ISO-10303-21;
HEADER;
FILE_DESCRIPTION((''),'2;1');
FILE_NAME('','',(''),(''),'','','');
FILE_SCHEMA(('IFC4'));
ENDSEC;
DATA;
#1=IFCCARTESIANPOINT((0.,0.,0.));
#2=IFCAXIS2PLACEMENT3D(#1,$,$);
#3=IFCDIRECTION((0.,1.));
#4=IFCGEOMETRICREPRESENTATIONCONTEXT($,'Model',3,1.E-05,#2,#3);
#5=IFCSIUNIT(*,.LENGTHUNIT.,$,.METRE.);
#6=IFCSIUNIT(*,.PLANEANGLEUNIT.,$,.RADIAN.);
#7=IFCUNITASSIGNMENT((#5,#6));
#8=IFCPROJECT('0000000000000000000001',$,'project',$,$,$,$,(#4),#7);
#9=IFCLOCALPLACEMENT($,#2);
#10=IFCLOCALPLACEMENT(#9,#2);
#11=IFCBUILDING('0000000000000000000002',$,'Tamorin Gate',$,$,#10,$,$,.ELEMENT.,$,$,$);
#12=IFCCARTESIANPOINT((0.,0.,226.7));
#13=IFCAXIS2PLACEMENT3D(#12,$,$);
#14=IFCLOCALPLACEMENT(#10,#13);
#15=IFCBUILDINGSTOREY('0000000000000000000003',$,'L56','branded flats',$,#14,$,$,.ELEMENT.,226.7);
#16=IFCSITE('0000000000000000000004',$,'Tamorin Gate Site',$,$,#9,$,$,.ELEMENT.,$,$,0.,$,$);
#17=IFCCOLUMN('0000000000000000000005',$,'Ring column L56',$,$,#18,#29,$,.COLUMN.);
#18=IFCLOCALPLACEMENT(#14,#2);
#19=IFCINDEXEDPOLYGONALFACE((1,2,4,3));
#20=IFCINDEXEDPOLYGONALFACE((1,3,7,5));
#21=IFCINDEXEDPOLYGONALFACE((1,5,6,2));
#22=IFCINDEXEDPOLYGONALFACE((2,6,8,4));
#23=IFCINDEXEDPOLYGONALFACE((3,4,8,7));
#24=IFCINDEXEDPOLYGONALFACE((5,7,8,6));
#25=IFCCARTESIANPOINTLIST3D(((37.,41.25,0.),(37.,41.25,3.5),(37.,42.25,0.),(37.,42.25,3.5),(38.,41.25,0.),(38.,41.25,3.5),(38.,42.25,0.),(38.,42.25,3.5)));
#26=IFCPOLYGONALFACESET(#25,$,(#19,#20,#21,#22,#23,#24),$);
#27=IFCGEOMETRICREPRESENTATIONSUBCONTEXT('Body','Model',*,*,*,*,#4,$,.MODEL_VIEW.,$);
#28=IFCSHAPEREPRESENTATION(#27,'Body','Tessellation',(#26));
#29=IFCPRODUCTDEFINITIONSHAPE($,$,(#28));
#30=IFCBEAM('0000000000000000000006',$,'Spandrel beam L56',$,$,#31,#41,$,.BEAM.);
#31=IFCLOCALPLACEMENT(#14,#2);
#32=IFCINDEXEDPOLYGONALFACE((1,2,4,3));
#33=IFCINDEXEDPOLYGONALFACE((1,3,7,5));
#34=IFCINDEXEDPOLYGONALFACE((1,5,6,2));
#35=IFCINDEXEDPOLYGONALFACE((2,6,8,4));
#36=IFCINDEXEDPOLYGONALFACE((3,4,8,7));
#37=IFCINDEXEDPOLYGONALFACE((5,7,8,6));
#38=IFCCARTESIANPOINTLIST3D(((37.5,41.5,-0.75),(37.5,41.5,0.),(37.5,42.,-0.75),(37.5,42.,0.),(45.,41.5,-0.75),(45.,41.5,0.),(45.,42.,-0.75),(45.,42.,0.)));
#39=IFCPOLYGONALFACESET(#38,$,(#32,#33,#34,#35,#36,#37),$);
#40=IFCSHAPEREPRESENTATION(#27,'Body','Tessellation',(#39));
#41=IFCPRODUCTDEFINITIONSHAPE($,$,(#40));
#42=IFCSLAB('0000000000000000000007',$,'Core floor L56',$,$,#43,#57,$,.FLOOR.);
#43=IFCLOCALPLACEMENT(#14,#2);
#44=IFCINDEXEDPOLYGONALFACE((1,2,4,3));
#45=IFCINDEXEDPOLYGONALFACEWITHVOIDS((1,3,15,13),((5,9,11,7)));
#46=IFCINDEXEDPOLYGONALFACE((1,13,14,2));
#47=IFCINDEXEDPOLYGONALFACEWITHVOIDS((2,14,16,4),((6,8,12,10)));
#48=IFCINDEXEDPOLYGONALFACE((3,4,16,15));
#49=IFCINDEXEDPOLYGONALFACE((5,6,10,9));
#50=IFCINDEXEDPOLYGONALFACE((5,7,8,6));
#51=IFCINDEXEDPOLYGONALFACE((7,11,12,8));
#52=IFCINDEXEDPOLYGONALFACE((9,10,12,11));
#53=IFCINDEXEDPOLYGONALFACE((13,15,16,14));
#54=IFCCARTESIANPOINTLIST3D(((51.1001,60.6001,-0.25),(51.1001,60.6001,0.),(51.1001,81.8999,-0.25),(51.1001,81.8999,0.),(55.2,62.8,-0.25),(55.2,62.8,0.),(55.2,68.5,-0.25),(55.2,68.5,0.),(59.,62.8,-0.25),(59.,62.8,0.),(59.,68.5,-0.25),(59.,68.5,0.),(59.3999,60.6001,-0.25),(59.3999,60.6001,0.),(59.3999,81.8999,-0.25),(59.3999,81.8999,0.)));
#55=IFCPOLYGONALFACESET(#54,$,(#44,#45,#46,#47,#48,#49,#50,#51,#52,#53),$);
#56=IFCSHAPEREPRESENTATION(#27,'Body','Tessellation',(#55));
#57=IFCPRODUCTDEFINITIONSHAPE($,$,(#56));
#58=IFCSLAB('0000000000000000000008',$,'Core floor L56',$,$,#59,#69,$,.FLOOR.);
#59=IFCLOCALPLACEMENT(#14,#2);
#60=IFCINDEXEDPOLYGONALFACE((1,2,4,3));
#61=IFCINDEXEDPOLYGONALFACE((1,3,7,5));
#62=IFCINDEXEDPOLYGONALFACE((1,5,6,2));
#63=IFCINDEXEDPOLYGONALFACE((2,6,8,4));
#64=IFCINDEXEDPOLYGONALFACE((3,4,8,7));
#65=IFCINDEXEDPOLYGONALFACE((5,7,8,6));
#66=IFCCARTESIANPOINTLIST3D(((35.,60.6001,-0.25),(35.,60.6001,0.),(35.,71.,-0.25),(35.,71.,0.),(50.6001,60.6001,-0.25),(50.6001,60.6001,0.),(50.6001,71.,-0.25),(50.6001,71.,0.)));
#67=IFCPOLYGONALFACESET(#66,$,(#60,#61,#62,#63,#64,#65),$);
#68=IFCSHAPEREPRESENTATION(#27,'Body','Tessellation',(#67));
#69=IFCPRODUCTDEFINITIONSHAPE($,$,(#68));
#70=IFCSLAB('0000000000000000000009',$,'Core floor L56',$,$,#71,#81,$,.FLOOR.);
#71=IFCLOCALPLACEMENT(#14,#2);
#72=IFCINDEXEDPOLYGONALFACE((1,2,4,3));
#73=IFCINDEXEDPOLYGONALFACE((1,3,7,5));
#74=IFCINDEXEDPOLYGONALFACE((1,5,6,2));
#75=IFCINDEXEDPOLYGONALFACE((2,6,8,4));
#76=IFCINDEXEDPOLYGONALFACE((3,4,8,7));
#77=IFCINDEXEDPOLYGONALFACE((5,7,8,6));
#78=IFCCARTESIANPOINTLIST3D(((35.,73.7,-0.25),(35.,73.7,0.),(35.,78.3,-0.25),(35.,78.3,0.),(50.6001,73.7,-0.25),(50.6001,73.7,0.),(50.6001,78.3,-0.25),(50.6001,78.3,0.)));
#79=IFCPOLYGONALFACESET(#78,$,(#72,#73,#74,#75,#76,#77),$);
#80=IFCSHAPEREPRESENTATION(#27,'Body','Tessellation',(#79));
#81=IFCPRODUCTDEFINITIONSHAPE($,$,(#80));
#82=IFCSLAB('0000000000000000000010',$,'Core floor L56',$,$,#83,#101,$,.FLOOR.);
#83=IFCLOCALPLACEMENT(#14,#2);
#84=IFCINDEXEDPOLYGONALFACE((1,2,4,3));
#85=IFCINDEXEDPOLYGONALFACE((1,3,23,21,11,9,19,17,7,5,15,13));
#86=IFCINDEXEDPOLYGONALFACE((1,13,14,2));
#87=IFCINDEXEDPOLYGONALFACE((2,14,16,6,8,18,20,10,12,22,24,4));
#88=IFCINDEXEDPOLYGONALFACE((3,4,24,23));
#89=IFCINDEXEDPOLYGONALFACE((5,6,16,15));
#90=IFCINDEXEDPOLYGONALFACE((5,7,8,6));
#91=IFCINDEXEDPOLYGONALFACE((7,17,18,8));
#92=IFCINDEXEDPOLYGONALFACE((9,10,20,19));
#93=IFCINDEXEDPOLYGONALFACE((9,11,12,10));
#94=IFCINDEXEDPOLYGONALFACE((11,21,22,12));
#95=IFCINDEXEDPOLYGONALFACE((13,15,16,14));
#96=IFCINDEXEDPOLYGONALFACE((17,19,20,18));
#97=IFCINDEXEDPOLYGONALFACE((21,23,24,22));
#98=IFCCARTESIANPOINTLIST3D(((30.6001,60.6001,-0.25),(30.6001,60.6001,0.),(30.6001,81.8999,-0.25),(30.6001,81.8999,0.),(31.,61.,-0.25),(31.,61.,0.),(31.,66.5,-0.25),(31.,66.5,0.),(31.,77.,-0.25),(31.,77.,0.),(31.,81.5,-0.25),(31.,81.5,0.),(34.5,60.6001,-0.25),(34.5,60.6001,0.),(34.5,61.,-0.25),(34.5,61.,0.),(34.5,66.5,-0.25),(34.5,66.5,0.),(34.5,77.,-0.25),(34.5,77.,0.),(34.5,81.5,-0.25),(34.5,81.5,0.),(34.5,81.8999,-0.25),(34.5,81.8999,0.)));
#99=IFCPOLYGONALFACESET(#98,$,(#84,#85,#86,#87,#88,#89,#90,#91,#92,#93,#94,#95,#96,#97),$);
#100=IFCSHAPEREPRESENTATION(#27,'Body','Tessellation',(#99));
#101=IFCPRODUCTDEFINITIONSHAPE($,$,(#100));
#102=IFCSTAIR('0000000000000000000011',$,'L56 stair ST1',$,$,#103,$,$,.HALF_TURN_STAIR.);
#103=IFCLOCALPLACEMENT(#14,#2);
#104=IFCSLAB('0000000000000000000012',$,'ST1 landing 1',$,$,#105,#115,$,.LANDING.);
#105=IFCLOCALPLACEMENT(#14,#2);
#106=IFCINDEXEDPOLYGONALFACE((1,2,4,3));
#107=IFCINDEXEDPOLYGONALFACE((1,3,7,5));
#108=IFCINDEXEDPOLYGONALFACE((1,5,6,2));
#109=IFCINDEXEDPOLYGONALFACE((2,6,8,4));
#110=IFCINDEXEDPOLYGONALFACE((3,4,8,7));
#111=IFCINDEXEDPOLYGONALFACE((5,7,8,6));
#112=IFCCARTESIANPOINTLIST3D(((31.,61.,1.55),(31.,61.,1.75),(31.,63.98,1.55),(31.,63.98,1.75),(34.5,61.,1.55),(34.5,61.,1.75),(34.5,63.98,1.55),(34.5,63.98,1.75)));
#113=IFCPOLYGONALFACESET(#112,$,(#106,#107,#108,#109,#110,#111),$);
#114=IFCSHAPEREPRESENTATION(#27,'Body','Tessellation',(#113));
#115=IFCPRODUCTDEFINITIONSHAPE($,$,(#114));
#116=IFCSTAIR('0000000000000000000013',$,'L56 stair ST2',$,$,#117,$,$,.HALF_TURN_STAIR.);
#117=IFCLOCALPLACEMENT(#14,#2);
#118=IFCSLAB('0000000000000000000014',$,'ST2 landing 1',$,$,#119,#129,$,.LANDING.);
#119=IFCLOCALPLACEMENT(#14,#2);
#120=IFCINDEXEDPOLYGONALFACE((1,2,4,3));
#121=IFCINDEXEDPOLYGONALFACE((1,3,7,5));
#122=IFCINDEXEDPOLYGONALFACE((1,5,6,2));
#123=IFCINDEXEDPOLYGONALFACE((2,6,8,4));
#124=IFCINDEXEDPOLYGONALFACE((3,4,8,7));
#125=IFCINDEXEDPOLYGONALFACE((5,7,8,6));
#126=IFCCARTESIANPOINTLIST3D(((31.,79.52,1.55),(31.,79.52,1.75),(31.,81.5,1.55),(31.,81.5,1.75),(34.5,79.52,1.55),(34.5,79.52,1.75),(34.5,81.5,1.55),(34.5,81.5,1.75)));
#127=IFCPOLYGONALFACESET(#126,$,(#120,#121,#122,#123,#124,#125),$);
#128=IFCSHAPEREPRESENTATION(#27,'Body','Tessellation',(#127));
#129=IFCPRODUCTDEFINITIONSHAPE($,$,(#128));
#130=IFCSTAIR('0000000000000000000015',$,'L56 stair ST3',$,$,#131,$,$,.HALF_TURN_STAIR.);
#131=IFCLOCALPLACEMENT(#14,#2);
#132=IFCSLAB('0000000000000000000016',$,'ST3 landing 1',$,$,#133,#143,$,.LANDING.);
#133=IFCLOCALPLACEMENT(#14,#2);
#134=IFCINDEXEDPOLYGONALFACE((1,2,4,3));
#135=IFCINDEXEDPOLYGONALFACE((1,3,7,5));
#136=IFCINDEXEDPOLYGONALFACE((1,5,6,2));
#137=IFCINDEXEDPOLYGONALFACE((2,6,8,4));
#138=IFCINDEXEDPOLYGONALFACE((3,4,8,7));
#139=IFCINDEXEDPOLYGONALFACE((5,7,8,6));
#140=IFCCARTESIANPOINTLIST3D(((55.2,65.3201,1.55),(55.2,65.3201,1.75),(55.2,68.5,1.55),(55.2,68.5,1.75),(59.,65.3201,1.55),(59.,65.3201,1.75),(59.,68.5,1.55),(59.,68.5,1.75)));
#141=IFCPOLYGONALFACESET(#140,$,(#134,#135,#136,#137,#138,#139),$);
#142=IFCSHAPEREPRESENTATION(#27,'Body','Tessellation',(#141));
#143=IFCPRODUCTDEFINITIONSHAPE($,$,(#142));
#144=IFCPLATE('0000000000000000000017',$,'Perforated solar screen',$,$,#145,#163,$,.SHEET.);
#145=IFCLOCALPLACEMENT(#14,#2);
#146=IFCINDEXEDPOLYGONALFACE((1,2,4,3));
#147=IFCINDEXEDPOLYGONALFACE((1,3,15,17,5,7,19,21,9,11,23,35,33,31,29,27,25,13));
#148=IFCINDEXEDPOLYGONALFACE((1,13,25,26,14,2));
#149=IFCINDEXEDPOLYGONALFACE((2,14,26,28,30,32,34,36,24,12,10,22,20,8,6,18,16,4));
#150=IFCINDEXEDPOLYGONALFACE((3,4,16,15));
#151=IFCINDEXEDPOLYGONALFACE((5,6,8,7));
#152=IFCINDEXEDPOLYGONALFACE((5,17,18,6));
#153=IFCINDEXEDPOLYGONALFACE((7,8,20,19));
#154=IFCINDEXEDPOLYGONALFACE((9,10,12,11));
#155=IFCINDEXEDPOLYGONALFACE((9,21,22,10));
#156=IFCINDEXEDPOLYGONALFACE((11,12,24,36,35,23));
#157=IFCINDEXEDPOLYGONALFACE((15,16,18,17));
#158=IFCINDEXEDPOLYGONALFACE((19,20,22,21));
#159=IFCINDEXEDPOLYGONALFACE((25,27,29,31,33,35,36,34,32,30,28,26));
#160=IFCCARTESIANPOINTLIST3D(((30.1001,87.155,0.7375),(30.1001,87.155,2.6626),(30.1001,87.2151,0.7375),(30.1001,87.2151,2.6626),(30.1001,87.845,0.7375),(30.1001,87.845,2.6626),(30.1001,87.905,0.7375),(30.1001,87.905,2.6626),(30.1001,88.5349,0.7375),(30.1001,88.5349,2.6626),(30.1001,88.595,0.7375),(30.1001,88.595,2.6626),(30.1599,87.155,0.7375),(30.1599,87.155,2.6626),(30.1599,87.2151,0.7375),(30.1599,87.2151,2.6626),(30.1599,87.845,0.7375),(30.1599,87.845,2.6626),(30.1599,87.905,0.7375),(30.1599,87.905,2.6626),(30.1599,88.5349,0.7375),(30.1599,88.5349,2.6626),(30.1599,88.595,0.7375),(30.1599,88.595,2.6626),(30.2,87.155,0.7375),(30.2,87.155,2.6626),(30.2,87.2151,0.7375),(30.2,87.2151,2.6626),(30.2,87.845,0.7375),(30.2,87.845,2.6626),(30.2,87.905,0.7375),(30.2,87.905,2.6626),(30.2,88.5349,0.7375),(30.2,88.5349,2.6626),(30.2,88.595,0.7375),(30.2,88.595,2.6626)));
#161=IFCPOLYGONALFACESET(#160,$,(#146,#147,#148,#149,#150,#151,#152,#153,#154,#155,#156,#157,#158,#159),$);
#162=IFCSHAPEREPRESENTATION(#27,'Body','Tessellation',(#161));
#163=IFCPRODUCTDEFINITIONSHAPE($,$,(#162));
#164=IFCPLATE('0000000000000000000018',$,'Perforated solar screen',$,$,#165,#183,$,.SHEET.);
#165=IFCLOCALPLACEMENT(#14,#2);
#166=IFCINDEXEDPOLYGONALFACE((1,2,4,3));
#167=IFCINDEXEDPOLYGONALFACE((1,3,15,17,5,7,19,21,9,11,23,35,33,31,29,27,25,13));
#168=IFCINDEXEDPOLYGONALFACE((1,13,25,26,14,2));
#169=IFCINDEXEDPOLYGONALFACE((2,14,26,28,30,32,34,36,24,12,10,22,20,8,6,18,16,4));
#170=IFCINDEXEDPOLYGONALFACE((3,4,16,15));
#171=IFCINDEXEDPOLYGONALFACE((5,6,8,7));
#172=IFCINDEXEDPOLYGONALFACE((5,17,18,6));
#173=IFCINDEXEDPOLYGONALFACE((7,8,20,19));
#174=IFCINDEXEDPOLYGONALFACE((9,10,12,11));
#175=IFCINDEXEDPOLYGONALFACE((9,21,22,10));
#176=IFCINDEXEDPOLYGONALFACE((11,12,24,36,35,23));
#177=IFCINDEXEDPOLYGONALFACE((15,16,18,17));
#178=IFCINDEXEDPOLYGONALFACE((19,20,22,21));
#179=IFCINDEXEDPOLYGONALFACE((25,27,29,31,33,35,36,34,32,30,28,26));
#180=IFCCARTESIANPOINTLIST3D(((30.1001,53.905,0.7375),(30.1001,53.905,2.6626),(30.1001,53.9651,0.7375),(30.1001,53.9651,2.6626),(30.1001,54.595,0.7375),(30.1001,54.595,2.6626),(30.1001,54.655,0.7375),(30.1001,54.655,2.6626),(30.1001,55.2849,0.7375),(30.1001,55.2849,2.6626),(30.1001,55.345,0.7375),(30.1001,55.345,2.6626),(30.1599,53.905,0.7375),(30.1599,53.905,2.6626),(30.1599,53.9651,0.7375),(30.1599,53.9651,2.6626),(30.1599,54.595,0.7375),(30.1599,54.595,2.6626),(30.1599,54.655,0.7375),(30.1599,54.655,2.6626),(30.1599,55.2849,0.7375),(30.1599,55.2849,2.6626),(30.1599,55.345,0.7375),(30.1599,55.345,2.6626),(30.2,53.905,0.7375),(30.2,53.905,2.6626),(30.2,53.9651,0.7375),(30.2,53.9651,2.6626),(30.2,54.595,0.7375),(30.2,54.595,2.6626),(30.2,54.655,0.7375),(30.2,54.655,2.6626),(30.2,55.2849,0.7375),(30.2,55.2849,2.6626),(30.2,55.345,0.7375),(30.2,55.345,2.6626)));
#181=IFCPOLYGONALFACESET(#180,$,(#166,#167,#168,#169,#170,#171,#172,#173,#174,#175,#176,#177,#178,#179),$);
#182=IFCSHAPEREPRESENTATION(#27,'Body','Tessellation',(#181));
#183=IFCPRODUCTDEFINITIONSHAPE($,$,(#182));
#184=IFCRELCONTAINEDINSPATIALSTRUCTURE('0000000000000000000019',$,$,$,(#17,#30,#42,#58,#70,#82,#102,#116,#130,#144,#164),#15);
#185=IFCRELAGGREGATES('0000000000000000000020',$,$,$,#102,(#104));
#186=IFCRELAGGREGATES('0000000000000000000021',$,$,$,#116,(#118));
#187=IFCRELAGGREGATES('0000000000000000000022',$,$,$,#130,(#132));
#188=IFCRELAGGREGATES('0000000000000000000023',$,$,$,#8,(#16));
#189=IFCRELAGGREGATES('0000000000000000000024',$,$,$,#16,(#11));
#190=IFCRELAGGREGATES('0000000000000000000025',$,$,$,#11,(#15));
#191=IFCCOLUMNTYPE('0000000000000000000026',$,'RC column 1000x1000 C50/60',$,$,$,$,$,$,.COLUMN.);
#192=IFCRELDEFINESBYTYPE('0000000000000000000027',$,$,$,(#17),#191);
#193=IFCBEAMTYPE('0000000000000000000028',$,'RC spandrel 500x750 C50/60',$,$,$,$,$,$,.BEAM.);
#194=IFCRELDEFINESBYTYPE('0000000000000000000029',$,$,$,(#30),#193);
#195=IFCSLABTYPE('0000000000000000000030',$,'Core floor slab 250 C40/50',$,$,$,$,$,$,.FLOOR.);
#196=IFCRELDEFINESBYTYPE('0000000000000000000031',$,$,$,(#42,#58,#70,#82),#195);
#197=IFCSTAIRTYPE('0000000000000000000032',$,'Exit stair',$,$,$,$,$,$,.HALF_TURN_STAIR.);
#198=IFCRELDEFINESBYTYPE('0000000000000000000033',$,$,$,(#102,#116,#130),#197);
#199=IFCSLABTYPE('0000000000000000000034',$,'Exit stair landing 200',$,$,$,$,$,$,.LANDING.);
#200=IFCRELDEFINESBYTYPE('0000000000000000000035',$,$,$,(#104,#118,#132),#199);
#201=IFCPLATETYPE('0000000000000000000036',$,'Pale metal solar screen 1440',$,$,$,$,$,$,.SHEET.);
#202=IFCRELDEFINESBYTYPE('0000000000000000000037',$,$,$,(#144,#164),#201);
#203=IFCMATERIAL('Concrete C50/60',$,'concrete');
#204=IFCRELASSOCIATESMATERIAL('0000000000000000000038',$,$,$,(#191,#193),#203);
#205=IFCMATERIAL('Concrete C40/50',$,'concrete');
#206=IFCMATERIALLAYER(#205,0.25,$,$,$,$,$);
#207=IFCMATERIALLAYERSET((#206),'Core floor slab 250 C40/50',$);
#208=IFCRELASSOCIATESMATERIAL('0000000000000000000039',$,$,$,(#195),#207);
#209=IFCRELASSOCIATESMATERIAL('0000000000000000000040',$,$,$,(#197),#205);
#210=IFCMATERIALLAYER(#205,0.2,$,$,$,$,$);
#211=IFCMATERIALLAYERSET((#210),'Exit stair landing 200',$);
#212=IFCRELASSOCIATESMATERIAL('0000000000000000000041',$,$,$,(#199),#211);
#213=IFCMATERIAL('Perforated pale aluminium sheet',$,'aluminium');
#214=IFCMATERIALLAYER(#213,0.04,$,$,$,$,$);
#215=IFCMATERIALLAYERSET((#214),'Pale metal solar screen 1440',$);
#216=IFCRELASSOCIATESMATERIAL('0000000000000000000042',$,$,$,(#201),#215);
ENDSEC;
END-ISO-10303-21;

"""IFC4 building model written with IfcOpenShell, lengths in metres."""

from ifc_helpers import new_model, si_unit, direction, frame, origin, origin_2d, place, context, subcontext, project, spatial, polyline, rectangle, outline, extrude, material, layer, layer_set, material_profile, profile_set, type_object, element, aggregate, save


model = new_model("IFC4")

# Units and contexts
model_context = context("Model", 3, precision=1e-05, world=origin(), true_north=direction((0.0, 1.0)))
body_context = subcontext(model_context, "Body", "Model", "MODEL_VIEW")
ifc_project = project(units=[si_unit("LENGTHUNIT", "METRE"), si_unit("PLANEANGLEUNIT", "RADIAN")], contexts=[model_context])

# Site, building, storey
site_placement = place(None, origin())
site = spatial("IfcSite", under=ifc_project, at=site_placement, Name="Tamorin Gate Site", CompositionType="ELEMENT", RefElevation=0.0)
building_placement = place(site_placement, origin())
building = spatial("IfcBuilding", under=site, at=building_placement, Name="Tamorin Gate", CompositionType="ELEMENT")
storey_placement = place(building_placement, frame((0.0, 0.0, 226.7)))
storey = spatial("IfcBuildingStorey", under=building, at=storey_placement, Name="L56", Description="branded flats", CompositionType="ELEMENT", Elevation=226.7)

# Column
ifc_material_1 = material(Name="Concrete C50/60", Category="concrete")
ifc_material_profile_1 = material_profile(ifc_material_1, rectangle(XDim=1.0, YDim=1.0, at=origin_2d()), Name="RC 1000x1000")
ifc_profile_set_1 = profile_set([ifc_material_profile_1], Name="Concrete C50/60")
column_type = type_object("IfcColumnType", Name="RC column 1000x1000 C50/60", PredefinedType="COLUMN", material=ifc_profile_set_1)
column_placement = place(storey_placement, frame((37.5, 41.75, 0.0), z_axis=(0.0, 0.0, 1.0), x_axis=(1.0, 0.0, 0.0)))
element("IfcColumn", 1, at=column_placement, inside=storey, type_object=column_type, Name="Ring column L56", PredefinedType="COLUMN", context=body_context, shape_type="SweptSolid", body=[
    extrude(rectangle(XDim=1.0, YDim=1.0, at=origin_2d()), origin(), (0.0, 0.0, 1.0), 3.5),
])

# Beam
ifc_material_profile_2 = material_profile(ifc_material_1, rectangle(XDim=0.5, YDim=0.75, at=origin_2d()), Name="RC 500x750")
ifc_profile_set_2 = profile_set([ifc_material_profile_2], Name="Concrete C50/60")
beam_type = type_object("IfcBeamType", Name="RC spandrel 500x750 C50/60", PredefinedType="BEAM", material=ifc_profile_set_2)
beam_placement = place(storey_placement, frame((37.5, 41.75, -0.375), z_axis=(1.0, 0.0, 0.0), x_axis=(0.0, 1.0, 0.0)))
element("IfcBeam", 2, at=beam_placement, inside=storey, type_object=beam_type, Name="Spandrel beam L56", PredefinedType="BEAM", context=body_context, shape_type="SweptSolid", body=[
    extrude(rectangle(XDim=0.5, YDim=0.75, at=origin_2d()), origin(), (0.0, 0.0, 1.0), 7.5),
])

# Slabs
ifc_material_2 = material(Name="Concrete C40/50", Category="concrete")
ifc_layer_1 = layer(ifc_material_2, 0.25)
ifc_layer_set_1 = layer_set([ifc_layer_1], Name="Core floor slab 250 C40/50")
slab_type_1 = type_object("IfcSlabType", Name="Core floor slab 250 C40/50", PredefinedType="FLOOR", material=ifc_layer_set_1)
slab_1_placement = place(storey_placement, frame((0.0, 0.0, -0.25)))
element("IfcSlab", 3, at=slab_1_placement, inside=storey, type_object=slab_type_1, Name="Core floor L56", PredefinedType="FLOOR", context=body_context, shape_type="SweptSolid", body=[
    extrude(outline(polyline([(51.1001, 81.8999), (59.3999, 81.8999), (59.3999, 60.6001), (51.1001, 60.6001), (51.1001, 81.8999)]), holes=[polyline([(55.2, 62.8), (59.0, 62.8), (59.0, 68.5), (55.2, 68.5), (55.2, 62.8)])]), origin(), (0.0, 0.0, 1.0), 0.25),
])
slab_2_placement = place(storey_placement, frame((0.0, 0.0, -0.25)))
element("IfcSlab", 4, at=slab_2_placement, inside=storey, type_object=slab_type_1, Name="Core floor L56", PredefinedType="FLOOR", context=body_context, shape_type="SweptSolid", body=[
    extrude(outline(polyline([(50.6001, 71.0), (50.6001, 60.6001), (35.0, 60.6001), (35.0, 71.0), (50.6001, 71.0)])), origin(), (0.0, 0.0, 1.0), 0.25),
])
slab_3_placement = place(storey_placement, frame((0.0, 0.0, -0.25)))
element("IfcSlab", 5, at=slab_3_placement, inside=storey, type_object=slab_type_1, Name="Core floor L56", PredefinedType="FLOOR", context=body_context, shape_type="SweptSolid", body=[
    extrude(outline(polyline([(50.6001, 73.7), (35.0, 73.7), (35.0, 78.3), (50.6001, 78.3), (50.6001, 73.7)])), origin(), (0.0, 0.0, 1.0), 0.25),
])
slab_4_placement = place(storey_placement, frame((0.0, 0.0, -0.25)))
element("IfcSlab", 6, at=slab_4_placement, inside=storey, type_object=slab_type_1, Name="Core floor L56", PredefinedType="FLOOR", context=body_context, shape_type="SweptSolid", body=[
    extrude(outline(polyline([(34.5, 60.6001), (30.6001, 60.6001), (30.6001, 81.8999), (34.5, 81.8999), (34.5, 81.5), (31.0, 81.5), (31.0, 77.0), (34.5, 77.0), (34.5, 66.5), (31.0, 66.5), (31.0, 61.0), (34.5, 61.0), (34.5, 60.6001)])), origin(), (0.0, 0.0, 1.0), 0.25),
])

# Stairs, slabs
stair_type = type_object("IfcStairType", Name="Exit stair", PredefinedType="HALF_TURN_STAIR", material=ifc_material_2)
stair_1_placement = place(storey_placement, origin())
stair_1 = element("IfcStair", 7, at=stair_1_placement, inside=storey, type_object=stair_type, Name="L56 stair ST1", PredefinedType="HALF_TURN_STAIR")
ifc_layer_2 = layer(ifc_material_2, 0.2)
ifc_layer_set_2 = layer_set([ifc_layer_2], Name="Exit stair landing 200")
slab_type_2 = type_object("IfcSlabType", Name="Exit stair landing 200", PredefinedType="LANDING", material=ifc_layer_set_2)
slab_5_placement = place(storey_placement, frame((0.0, 0.0, 1.55)))
slab_5 = element("IfcSlab", 8, at=slab_5_placement, type_object=slab_type_2, Name="ST1 landing 1", PredefinedType="LANDING", context=body_context, shape_type="SweptSolid", body=[
    extrude(outline(polyline([(31.0, 63.98), (31.0, 61.0), (34.5, 61.0), (34.5, 63.98), (31.0, 63.98)])), origin(), (0.0, 0.0, 1.0), 0.2),
])
aggregate(stair_1, [slab_5])
stair_2_placement = place(storey_placement, origin())
stair_2 = element("IfcStair", 9, at=stair_2_placement, inside=storey, type_object=stair_type, Name="L56 stair ST2", PredefinedType="HALF_TURN_STAIR")
slab_6_placement = place(storey_placement, frame((0.0, 0.0, 1.55)))
slab_6 = element("IfcSlab", 10, at=slab_6_placement, type_object=slab_type_2, Name="ST2 landing 1", PredefinedType="LANDING", context=body_context, shape_type="SweptSolid", body=[
    extrude(outline(polyline([(34.5, 79.52), (34.5, 81.5), (31.0, 81.5), (31.0, 79.52), (34.5, 79.52)])), origin(), (0.0, 0.0, 1.0), 0.2),
])
aggregate(stair_2, [slab_6])
stair_3_placement = place(storey_placement, origin())
stair_3 = element("IfcStair", 11, at=stair_3_placement, inside=storey, type_object=stair_type, Name="L56 stair ST3", PredefinedType="HALF_TURN_STAIR")
slab_7_placement = place(storey_placement, frame((0.0, 0.0, 1.55)))
slab_7 = element("IfcSlab", 12, at=slab_7_placement, type_object=slab_type_2, Name="ST3 landing 1", PredefinedType="LANDING", context=body_context, shape_type="SweptSolid", body=[
    extrude(outline(polyline([(59.0, 65.3201), (59.0, 68.5), (55.2, 68.5), (55.2, 65.3201), (59.0, 65.3201)])), origin(), (0.0, 0.0, 1.0), 0.2),
])
aggregate(stair_3, [slab_7])

# Plates
ifc_material_3 = material(Name="Perforated pale aluminium sheet", Category="aluminium")
ifc_layer_3 = layer(ifc_material_3, 0.04)
ifc_layer_set_3 = layer_set([ifc_layer_3], Name="Pale metal solar screen 1440")
plate_type = type_object("IfcPlateType", Name="Pale metal solar screen 1440", PredefinedType="SHEET", material=ifc_layer_set_3)
plate_1_placement = place(storey_placement, frame((0.0, 0.0, 0.7375)))
element("IfcPlate", 13, at=plate_1_placement, inside=storey, type_object=plate_type, Name="Perforated solar screen", PredefinedType="SHEET", context=body_context, shape_type="SweptSolid", body=[
    extrude(outline(polyline([(30.1599, 88.595), (30.2, 88.595), (30.2, 88.5349), (30.2, 87.905), (30.2, 87.845), (30.2, 87.2151), (30.2, 87.155), (30.2, 87.155), (30.1599, 87.155), (30.1599, 87.155), (30.1001, 87.155), (30.1001, 87.2151), (30.1599, 87.2151), (30.1599, 87.845), (30.1001, 87.845), (30.1001, 87.905), (30.1599, 87.905), (30.1599, 88.5349), (30.1001, 88.5349), (30.1001, 88.595), (30.1599, 88.595)])), origin(), (0.0, 0.0, 1.0), 1.925),
])
plate_2_placement = place(storey_placement, frame((0.0, 0.0, 0.7375)))
element("IfcPlate", 14, at=plate_2_placement, inside=storey, type_object=plate_type, Name="Perforated solar screen", PredefinedType="SHEET", context=body_context, shape_type="SweptSolid", body=[
    extrude(outline(polyline([(30.1599, 55.345), (30.2, 55.345), (30.2, 55.2849), (30.2, 54.655), (30.2, 54.595), (30.2, 53.9651), (30.2, 53.905), (30.1599, 53.905), (30.1001, 53.905), (30.1001, 53.9651), (30.1599, 53.9651), (30.1599, 54.595), (30.1001, 54.595), (30.1001, 54.655), (30.1599, 54.655), (30.1599, 55.2849), (30.1001, 55.2849), (30.1001, 55.345), (30.1599, 55.345)])), origin(), (0.0, 0.0, 1.0), 1.925),
])

save(model, "model.ifc")
